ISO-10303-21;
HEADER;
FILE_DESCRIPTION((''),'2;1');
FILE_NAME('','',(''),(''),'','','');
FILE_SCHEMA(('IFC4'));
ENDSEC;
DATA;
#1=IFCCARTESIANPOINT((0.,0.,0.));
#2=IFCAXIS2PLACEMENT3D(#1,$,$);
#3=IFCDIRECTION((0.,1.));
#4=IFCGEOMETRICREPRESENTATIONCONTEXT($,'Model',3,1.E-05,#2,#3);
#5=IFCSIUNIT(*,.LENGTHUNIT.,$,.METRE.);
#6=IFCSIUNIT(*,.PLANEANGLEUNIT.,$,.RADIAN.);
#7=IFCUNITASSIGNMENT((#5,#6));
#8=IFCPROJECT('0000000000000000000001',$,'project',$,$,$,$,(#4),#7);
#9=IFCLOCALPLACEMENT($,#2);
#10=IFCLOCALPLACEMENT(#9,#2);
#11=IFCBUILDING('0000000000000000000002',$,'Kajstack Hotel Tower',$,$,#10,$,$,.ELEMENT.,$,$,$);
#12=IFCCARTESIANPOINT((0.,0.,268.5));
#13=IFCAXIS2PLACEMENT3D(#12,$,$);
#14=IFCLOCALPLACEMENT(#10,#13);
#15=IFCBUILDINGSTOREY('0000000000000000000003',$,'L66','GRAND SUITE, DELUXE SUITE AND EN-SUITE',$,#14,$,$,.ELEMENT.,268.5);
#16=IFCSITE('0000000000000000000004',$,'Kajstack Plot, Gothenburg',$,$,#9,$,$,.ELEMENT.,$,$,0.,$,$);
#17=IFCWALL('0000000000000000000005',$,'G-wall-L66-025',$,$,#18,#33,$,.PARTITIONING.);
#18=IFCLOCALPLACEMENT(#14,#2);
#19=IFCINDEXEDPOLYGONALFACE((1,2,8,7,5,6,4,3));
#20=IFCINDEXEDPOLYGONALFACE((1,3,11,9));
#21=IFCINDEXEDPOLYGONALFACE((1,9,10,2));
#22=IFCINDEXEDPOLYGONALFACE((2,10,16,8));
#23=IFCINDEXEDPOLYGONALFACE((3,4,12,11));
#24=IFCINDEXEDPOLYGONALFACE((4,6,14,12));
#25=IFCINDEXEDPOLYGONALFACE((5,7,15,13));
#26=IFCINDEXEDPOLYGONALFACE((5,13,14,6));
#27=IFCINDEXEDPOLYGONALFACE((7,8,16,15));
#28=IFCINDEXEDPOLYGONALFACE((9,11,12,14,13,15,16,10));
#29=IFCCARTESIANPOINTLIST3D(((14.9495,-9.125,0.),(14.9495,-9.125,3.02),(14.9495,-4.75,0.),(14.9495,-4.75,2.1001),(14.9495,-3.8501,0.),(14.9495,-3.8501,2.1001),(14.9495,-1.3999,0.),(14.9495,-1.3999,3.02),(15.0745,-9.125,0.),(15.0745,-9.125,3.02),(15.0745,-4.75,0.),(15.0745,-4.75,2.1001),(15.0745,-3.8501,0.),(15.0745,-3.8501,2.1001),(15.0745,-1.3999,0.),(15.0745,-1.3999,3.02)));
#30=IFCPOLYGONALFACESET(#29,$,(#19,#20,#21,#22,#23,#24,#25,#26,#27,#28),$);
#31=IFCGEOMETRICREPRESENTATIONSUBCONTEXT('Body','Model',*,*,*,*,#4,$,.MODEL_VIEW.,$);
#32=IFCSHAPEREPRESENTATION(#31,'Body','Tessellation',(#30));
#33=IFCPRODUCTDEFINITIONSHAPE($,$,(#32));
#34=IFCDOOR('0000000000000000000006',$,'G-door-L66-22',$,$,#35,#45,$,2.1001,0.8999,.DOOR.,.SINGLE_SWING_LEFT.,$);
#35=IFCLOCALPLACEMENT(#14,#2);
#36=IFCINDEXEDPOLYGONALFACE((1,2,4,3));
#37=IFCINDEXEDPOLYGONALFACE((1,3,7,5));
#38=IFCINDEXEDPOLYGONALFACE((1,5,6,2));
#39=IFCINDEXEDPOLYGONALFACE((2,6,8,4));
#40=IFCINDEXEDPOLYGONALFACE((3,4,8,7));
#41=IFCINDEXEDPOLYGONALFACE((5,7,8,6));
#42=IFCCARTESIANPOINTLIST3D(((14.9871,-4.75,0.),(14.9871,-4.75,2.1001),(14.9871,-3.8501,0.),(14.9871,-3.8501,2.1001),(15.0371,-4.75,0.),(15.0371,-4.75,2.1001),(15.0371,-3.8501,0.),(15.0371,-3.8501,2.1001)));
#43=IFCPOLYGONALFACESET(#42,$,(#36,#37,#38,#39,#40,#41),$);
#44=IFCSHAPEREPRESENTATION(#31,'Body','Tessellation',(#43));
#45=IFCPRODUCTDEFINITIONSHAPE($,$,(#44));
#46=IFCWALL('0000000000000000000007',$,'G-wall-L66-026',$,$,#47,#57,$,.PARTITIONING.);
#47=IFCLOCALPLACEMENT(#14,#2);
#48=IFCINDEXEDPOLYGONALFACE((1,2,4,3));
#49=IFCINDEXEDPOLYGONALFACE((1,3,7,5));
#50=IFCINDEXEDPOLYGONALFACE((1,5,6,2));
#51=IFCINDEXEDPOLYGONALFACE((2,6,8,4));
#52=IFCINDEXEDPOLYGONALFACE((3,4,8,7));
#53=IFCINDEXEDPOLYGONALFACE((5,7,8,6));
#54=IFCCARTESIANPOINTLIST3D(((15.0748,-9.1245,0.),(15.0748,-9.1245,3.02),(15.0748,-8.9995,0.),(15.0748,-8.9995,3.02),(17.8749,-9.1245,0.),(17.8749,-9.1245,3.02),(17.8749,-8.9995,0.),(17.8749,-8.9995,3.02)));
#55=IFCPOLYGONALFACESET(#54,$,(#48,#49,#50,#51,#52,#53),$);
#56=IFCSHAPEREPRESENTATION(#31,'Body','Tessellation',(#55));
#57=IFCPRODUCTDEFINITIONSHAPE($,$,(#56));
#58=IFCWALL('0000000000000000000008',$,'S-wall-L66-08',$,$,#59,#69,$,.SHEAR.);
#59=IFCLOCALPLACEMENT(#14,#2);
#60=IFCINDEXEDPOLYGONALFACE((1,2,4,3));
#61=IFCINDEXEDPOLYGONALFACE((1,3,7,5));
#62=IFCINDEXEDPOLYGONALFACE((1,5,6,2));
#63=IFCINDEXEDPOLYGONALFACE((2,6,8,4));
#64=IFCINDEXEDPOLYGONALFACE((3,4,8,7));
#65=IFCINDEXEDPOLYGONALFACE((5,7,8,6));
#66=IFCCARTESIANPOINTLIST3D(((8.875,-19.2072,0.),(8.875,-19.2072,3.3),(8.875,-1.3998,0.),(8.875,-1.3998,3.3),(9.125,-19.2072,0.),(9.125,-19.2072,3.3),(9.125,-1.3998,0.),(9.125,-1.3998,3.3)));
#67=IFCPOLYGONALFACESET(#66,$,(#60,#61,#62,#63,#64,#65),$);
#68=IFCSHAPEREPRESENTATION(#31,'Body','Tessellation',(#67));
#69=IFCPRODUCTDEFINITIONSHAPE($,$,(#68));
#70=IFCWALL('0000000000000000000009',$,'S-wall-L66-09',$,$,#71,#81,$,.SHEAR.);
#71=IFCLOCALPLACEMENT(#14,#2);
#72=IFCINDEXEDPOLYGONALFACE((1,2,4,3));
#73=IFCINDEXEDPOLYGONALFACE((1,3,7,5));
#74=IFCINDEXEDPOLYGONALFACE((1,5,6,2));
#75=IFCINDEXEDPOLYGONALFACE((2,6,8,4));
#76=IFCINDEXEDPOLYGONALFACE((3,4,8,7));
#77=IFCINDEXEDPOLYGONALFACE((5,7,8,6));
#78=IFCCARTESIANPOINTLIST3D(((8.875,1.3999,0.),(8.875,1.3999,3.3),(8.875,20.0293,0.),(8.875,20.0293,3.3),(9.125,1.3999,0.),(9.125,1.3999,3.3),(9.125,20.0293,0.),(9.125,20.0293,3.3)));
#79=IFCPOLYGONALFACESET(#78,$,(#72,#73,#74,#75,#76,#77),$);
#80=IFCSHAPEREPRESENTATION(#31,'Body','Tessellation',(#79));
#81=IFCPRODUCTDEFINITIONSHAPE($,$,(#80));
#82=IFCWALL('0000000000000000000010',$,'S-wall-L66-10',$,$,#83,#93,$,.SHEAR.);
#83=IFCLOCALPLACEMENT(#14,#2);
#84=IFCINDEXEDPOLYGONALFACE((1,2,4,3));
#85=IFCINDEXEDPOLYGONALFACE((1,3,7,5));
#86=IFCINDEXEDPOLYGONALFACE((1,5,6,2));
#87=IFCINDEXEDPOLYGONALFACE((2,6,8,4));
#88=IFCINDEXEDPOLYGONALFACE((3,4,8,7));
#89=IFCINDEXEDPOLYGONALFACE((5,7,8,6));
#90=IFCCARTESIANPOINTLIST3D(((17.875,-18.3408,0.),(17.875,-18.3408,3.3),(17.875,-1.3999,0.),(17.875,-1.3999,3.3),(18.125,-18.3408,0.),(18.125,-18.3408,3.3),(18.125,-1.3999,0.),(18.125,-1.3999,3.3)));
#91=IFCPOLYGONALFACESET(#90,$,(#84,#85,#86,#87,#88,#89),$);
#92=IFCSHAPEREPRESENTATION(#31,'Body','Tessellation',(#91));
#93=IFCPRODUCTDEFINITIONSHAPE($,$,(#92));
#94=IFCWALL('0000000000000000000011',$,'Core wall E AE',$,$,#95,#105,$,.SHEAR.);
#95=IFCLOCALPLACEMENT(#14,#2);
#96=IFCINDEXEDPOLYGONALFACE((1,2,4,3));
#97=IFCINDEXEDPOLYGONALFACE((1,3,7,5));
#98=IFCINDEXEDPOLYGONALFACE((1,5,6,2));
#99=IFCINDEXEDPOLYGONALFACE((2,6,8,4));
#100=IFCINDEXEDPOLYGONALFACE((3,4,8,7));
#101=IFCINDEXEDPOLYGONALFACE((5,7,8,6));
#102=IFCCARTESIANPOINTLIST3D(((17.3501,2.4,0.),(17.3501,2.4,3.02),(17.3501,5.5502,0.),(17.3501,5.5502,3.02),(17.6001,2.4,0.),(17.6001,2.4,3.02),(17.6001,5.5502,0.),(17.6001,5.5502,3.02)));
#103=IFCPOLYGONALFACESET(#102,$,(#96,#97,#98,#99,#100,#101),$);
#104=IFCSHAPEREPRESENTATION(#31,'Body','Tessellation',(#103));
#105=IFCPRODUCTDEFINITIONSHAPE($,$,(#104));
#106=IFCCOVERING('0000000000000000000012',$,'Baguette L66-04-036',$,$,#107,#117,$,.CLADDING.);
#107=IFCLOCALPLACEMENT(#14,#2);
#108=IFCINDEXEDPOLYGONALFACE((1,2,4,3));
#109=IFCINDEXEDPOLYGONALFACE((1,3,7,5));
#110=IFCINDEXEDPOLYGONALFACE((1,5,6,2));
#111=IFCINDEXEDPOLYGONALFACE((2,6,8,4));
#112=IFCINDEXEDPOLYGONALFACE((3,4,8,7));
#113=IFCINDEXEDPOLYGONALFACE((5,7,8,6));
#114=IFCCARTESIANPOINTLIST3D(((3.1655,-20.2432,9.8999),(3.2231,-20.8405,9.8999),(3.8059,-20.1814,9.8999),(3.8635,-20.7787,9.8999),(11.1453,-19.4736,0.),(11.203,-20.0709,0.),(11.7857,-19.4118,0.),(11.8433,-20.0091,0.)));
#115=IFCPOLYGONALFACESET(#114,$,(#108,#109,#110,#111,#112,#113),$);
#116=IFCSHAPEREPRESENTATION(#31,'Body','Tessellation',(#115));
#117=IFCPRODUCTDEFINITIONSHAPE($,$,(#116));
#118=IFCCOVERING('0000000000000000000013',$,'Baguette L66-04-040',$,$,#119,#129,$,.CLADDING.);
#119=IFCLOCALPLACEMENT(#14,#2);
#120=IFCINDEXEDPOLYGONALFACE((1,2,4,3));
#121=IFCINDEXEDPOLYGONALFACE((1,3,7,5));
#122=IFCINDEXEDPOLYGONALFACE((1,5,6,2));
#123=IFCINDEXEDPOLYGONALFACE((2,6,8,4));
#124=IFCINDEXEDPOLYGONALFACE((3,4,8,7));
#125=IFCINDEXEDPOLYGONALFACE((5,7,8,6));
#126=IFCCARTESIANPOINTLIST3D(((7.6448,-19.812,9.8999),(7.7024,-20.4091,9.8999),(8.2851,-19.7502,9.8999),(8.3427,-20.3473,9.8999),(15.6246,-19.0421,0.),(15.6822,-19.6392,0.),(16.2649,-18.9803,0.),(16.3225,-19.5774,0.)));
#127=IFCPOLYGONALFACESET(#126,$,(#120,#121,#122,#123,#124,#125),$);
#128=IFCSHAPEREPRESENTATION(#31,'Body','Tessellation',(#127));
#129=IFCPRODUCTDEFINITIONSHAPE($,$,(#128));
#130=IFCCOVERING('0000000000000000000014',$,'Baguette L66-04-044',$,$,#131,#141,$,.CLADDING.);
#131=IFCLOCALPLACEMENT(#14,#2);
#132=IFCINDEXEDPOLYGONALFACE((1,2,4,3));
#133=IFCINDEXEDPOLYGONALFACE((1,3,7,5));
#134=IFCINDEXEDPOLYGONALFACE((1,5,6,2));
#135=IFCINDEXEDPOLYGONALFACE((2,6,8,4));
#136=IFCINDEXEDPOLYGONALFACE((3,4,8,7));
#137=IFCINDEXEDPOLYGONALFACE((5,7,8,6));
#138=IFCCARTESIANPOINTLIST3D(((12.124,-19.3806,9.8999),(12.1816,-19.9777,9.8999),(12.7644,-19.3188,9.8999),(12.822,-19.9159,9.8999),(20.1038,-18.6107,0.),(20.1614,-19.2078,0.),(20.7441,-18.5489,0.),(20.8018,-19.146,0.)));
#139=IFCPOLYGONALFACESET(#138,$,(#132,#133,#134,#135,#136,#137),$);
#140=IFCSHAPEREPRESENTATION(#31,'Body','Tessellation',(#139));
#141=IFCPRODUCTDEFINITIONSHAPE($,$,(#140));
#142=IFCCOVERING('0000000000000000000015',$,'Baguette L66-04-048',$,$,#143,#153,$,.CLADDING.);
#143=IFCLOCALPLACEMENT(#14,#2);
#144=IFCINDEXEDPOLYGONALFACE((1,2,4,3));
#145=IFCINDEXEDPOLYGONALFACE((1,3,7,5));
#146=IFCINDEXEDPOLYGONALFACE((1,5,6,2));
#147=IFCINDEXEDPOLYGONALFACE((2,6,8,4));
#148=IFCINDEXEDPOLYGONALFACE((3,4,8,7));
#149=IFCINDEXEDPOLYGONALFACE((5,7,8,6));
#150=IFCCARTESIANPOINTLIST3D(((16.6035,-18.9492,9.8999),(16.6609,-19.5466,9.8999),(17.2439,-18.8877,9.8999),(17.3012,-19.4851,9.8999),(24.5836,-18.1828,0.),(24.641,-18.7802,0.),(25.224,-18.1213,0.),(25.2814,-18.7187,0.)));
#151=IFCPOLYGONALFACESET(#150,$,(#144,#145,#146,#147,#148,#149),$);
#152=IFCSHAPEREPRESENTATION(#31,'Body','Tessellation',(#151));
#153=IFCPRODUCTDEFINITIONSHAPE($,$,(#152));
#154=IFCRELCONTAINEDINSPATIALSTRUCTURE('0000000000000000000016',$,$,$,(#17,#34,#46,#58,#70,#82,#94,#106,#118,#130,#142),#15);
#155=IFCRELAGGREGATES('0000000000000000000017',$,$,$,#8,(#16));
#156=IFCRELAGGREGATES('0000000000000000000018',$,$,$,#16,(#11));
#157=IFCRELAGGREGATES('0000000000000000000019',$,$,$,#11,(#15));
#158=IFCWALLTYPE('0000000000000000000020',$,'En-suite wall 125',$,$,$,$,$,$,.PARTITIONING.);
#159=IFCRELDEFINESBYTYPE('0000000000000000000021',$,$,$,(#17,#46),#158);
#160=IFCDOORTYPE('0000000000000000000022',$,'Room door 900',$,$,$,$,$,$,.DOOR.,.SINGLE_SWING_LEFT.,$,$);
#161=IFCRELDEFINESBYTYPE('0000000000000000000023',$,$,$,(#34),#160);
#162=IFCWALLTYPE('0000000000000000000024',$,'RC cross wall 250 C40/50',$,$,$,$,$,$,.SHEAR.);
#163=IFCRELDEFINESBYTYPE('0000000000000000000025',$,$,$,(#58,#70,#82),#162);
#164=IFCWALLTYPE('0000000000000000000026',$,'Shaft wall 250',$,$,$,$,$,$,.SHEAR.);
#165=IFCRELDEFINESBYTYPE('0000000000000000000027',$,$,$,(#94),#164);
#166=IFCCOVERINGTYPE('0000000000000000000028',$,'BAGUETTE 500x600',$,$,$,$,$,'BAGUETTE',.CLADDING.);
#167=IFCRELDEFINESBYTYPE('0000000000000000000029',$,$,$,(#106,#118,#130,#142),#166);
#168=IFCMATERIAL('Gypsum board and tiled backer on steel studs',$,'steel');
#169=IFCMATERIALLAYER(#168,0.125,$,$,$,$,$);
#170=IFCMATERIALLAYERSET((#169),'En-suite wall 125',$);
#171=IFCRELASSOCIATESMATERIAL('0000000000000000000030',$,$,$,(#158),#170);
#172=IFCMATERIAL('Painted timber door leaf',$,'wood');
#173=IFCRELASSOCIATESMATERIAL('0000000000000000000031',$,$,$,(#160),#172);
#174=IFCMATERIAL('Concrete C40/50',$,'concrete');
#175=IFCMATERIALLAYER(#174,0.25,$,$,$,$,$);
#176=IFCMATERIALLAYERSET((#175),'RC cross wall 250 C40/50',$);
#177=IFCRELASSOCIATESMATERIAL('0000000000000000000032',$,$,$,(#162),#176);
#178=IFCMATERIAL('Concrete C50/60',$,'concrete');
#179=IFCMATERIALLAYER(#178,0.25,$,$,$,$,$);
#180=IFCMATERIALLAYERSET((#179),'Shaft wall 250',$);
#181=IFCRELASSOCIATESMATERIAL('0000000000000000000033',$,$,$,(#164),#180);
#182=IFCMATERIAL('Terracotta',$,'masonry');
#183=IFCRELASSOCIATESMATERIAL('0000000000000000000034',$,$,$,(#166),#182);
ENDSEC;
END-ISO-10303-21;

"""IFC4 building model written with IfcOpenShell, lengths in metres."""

from ifc_helpers import new_model, si_unit, direction, frame, frame_2d, origin, origin_2d, place, context, subcontext, project, spatial, polyline, rectangle, outline, extrude, material, layer, layer_set, material_profile, profile_set, type_object, element, fill, save


model = new_model("IFC4")

# Units and contexts
model_context = context("Model", 3, precision=1e-05, world=origin(), true_north=direction((0.0, 1.0)))
body_context = subcontext(model_context, "Body", "Model", "MODEL_VIEW")
ifc_project = project(units=[si_unit("LENGTHUNIT", "METRE"), si_unit("PLANEANGLEUNIT", "RADIAN")], contexts=[model_context])

# Site, building, storey
site_placement = place(None, origin())
site = spatial("IfcSite", under=ifc_project, at=site_placement, Name="Kajstack Plot, Gothenburg", CompositionType="ELEMENT", RefElevation=0.0)
building_placement = place(site_placement, origin())
building = spatial("IfcBuilding", under=site, at=building_placement, Name="Kajstack Hotel Tower", CompositionType="ELEMENT")
storey_placement = place(building_placement, frame((0.0, 0.0, 268.5)))
storey = spatial("IfcBuildingStorey", under=building, at=storey_placement, Name="L66", Description="GRAND SUITE, DELUXE SUITE AND EN-SUITE", CompositionType="ELEMENT", Elevation=268.5)

# Shared definitions
ifc_material_1 = material(Name="Concrete C40/50", Category="concrete")

# Shared definitions
ifc_material_2 = material(Name="Gypsum board and tiled backer on steel studs", Category="steel")
ifc_layer_1 = layer(ifc_material_2, 0.125)
ifc_layer_set_1 = layer_set([ifc_layer_1], Name="En-suite wall 125")
wall_type_1 = type_object("IfcWallType", Name="En-suite wall 125", PredefinedType="PARTITIONING", material=ifc_layer_set_1)
ifc_material_3 = material(Name="Painted timber door leaf", Category="wood")
door_type_1 = type_object("IfcDoorType", Name="Room door 900", OperationType="SINGLE_SWING_LEFT", PredefinedType="DOOR", material=ifc_material_3)

# Wall, opening, door
wall_1_placement = place(storey_placement, frame((15.012, -9.125, 0.0), z_axis=(0.0, 0.0, 1.0), x_axis=(0.0, 1.0, 0.0)))
wall_1 = element("IfcWall", 1, at=wall_1_placement, inside=storey, type_object=wall_type_1, Name="G-wall-L66-025", PredefinedType="PARTITIONING", context=body_context, shape_type="SweptSolid", body=[
    extrude(rectangle(XDim=7.7251, YDim=0.125, at=frame_2d((3.8625, 0.0))), origin(), (0.0, 0.0, 1.0), 3.02),
])
opening_1_placement = place(wall_1_placement, frame((4.375, 0.0, 0.0)))
opening_1 = element("IfcOpeningElement", 2, at=opening_1_placement, cuts=wall_1, PredefinedType="OPENING", context=body_context, shape_type="SweptSolid", body=[
    extrude(rectangle(XDim=0.8999, YDim=2.1001, at=frame_2d((0.45, 1.05))), frame((0.0, 0.0725, 0.0), z_axis=(0.0, -1.0, 0.0), x_axis=(1.0, 0.0, 0.0)), (0.0, 0.0, 1.0), 0.145),
])
door_1_placement = place(opening_1_placement, origin())
door_1 = element("IfcDoor", 3, at=door_1_placement, inside=storey, type_object=door_type_1, Name="G-door-L66-22", OperationType="SINGLE_SWING_LEFT", OverallHeight=2.1001, OverallWidth=0.8999, PredefinedType="DOOR", context=body_context, shape_type="SweptSolid", body=[
    extrude(rectangle(XDim=0.8999, YDim=2.1001, at=frame_2d((0.45, 1.05))), frame((0.0, 0.0249, 0.0), z_axis=(0.0, -1.0, 0.0), x_axis=(1.0, 0.0, 0.0)), (0.0, 0.0, 1.0), 0.05),
])
fill(opening_1, door_1)

# Walls
wall_2_placement = place(storey_placement, frame((15.075, -9.062, 0.0), z_axis=(0.0, 0.0, 1.0), x_axis=(1.0, 0.0, 0.0)))
element("IfcWall", 4, at=wall_2_placement, inside=storey, type_object=wall_type_1, Name="G-wall-L66-026", PredefinedType="PARTITIONING", context=body_context, shape_type="SweptSolid", body=[
    extrude(rectangle(XDim=2.8, YDim=0.125, at=frame_2d((1.3999, 0.0))), origin(), (0.0, 0.0, 1.0), 3.02),
])
ifc_layer_2 = layer(ifc_material_1, 0.25)
ifc_layer_set_2 = layer_set([ifc_layer_2], Name="RC cross wall 250 C40/50")
wall_type_2 = type_object("IfcWallType", Name="RC cross wall 250 C40/50", PredefinedType="SHEAR", material=ifc_layer_set_2)
wall_3_placement = place(storey_placement, frame((9.0, -19.2073, 0.0), z_axis=(0.0, 0.0, 1.0), x_axis=(0.0, 1.0, 0.0)))
element("IfcWall", 5, at=wall_3_placement, inside=storey, type_object=wall_type_2, Name="S-wall-L66-08", PredefinedType="SHEAR", context=body_context, shape_type="SweptSolid", body=[
    extrude(rectangle(XDim=17.8074, YDim=0.25, at=frame_2d((8.9038, 0.0))), origin(), (0.0, 0.0, 1.0), 3.3),
])
wall_4_placement = place(storey_placement, frame((9.0, 1.3999, 0.0), z_axis=(0.0, 0.0, 1.0), x_axis=(0.0, 1.0, 0.0)))
element("IfcWall", 6, at=wall_4_placement, inside=storey, type_object=wall_type_2, Name="S-wall-L66-09", PredefinedType="SHEAR", context=body_context, shape_type="SweptSolid", body=[
    extrude(rectangle(XDim=18.6294, YDim=0.25, at=frame_2d((9.3147, 0.0))), origin(), (0.0, 0.0, 1.0), 3.3),
])
wall_5_placement = place(storey_placement, frame((18.0, -18.3408, 0.0), z_axis=(0.0, 0.0, 1.0), x_axis=(0.0, 1.0, 0.0)))
element("IfcWall", 7, at=wall_5_placement, inside=storey, type_object=wall_type_2, Name="S-wall-L66-10", PredefinedType="SHEAR", context=body_context, shape_type="SweptSolid", body=[
    extrude(rectangle(XDim=16.9409, YDim=0.25, at=frame_2d((8.4705, 0.0))), origin(), (0.0, 0.0, 1.0), 3.3),
])
ifc_material_4 = material(Name="Concrete C50/60", Category="concrete")
ifc_layer_3 = layer(ifc_material_4, 0.25)
ifc_layer_set_3 = layer_set([ifc_layer_3], Name="Shaft wall 250")
wall_type_3 = type_object("IfcWallType", Name="Shaft wall 250", PredefinedType="SHEAR", material=ifc_layer_set_3)
wall_6_placement = place(storey_placement, frame((17.4751, 2.3999, 0.0), z_axis=(0.0, 0.0, 1.0), x_axis=(0.0, 1.0, 0.0)))
element("IfcWall", 8, at=wall_6_placement, inside=storey, type_object=wall_type_3, Name="Core wall E AE", PredefinedType="SHEAR", context=body_context, shape_type="SweptSolid", body=[
    extrude(rectangle(XDim=3.1501, YDim=0.25, at=frame_2d((1.5752, 0.0))), origin(), (0.0, 0.0, 1.0), 3.02),
])

# Coverings
ifc_material_5 = material(Name="Terracotta", Category="masonry")
ifc_material_profile = material_profile(ifc_material_5, rectangle(XDim=0.6001, YDim=0.5, at=origin_2d()), Name="Terracotta-clad concrete baguette 500 x 600")
ifc_profile_set = profile_set([ifc_material_profile], Name="Terracotta")
covering_type = type_object("IfcCoveringType", Name="BAGUETTE 500x600", ElementType="BAGUETTE", PredefinedType="CLADDING", material=ifc_profile_set)
covering_1_placement = place(storey_placement, frame((3.1655, -20.2432, 0.0), z_axis=(0.095999, -0.995381, 0.0), x_axis=(0.995381, 0.095999, 0.0)))
element("IfcCovering", 9, at=covering_1_placement, inside=storey, type_object=covering_type, Name="Baguette L66-04-036", PredefinedType="CLADDING", context=body_context, shape_type="SweptSolid", body=[
    extrude(outline(polyline([(0.0, 9.8999), (8.0168, 0.0), (8.6602, 0.0), (0.6433, 9.8999), (0.0, 9.8999)])), origin(), (0.0, 0.0, 1.0), 0.6001),
])
for number, where, z_axis, x_axis, name in (
    (10, (7.6448, -19.812, 0.0), (0.096038, -0.995378, 0.0), (0.995378, 0.096038, 0.0), "Baguette L66-04-040"),
    (11, (12.124, -19.3806, 0.0), (0.096038, -0.995378, 0.0), (0.995378, 0.096038, 0.0), "Baguette L66-04-044"),
):
    element("IfcCovering", number, at=place(storey_placement, frame(where, z_axis=z_axis, x_axis=x_axis)), inside=storey, type_object=covering_type, Name=name, PredefinedType="CLADDING", context=body_context, shape_type="SweptSolid", body=[
        extrude(outline(polyline([(0.0, 9.8999), (8.0168, 0.0), (8.6602, 0.0), (0.6433, 9.8999), (0.0, 9.8999)])), origin(), (0.0, 0.0, 1.0), 0.5999),
    ])
covering_2_placement = place(storey_placement, frame((16.6035, -18.9492, 0.0), z_axis=(0.095596, -0.99542, 0.0), x_axis=(0.99542, 0.095596, 0.0)))
element("IfcCovering", 12, at=covering_2_placement, inside=storey, type_object=covering_type, Name="Baguette L66-04-048", PredefinedType="CLADDING", context=body_context, shape_type="SweptSolid", body=[
    extrude(outline(polyline([(0.0, 9.8999), (8.0168, 0.0), (8.6602, 0.0), (0.6433, 9.8999), (0.0, 9.8999)])), origin(), (0.0, 0.0, 1.0), 0.6001),
])

save(model, "model.ifc")
